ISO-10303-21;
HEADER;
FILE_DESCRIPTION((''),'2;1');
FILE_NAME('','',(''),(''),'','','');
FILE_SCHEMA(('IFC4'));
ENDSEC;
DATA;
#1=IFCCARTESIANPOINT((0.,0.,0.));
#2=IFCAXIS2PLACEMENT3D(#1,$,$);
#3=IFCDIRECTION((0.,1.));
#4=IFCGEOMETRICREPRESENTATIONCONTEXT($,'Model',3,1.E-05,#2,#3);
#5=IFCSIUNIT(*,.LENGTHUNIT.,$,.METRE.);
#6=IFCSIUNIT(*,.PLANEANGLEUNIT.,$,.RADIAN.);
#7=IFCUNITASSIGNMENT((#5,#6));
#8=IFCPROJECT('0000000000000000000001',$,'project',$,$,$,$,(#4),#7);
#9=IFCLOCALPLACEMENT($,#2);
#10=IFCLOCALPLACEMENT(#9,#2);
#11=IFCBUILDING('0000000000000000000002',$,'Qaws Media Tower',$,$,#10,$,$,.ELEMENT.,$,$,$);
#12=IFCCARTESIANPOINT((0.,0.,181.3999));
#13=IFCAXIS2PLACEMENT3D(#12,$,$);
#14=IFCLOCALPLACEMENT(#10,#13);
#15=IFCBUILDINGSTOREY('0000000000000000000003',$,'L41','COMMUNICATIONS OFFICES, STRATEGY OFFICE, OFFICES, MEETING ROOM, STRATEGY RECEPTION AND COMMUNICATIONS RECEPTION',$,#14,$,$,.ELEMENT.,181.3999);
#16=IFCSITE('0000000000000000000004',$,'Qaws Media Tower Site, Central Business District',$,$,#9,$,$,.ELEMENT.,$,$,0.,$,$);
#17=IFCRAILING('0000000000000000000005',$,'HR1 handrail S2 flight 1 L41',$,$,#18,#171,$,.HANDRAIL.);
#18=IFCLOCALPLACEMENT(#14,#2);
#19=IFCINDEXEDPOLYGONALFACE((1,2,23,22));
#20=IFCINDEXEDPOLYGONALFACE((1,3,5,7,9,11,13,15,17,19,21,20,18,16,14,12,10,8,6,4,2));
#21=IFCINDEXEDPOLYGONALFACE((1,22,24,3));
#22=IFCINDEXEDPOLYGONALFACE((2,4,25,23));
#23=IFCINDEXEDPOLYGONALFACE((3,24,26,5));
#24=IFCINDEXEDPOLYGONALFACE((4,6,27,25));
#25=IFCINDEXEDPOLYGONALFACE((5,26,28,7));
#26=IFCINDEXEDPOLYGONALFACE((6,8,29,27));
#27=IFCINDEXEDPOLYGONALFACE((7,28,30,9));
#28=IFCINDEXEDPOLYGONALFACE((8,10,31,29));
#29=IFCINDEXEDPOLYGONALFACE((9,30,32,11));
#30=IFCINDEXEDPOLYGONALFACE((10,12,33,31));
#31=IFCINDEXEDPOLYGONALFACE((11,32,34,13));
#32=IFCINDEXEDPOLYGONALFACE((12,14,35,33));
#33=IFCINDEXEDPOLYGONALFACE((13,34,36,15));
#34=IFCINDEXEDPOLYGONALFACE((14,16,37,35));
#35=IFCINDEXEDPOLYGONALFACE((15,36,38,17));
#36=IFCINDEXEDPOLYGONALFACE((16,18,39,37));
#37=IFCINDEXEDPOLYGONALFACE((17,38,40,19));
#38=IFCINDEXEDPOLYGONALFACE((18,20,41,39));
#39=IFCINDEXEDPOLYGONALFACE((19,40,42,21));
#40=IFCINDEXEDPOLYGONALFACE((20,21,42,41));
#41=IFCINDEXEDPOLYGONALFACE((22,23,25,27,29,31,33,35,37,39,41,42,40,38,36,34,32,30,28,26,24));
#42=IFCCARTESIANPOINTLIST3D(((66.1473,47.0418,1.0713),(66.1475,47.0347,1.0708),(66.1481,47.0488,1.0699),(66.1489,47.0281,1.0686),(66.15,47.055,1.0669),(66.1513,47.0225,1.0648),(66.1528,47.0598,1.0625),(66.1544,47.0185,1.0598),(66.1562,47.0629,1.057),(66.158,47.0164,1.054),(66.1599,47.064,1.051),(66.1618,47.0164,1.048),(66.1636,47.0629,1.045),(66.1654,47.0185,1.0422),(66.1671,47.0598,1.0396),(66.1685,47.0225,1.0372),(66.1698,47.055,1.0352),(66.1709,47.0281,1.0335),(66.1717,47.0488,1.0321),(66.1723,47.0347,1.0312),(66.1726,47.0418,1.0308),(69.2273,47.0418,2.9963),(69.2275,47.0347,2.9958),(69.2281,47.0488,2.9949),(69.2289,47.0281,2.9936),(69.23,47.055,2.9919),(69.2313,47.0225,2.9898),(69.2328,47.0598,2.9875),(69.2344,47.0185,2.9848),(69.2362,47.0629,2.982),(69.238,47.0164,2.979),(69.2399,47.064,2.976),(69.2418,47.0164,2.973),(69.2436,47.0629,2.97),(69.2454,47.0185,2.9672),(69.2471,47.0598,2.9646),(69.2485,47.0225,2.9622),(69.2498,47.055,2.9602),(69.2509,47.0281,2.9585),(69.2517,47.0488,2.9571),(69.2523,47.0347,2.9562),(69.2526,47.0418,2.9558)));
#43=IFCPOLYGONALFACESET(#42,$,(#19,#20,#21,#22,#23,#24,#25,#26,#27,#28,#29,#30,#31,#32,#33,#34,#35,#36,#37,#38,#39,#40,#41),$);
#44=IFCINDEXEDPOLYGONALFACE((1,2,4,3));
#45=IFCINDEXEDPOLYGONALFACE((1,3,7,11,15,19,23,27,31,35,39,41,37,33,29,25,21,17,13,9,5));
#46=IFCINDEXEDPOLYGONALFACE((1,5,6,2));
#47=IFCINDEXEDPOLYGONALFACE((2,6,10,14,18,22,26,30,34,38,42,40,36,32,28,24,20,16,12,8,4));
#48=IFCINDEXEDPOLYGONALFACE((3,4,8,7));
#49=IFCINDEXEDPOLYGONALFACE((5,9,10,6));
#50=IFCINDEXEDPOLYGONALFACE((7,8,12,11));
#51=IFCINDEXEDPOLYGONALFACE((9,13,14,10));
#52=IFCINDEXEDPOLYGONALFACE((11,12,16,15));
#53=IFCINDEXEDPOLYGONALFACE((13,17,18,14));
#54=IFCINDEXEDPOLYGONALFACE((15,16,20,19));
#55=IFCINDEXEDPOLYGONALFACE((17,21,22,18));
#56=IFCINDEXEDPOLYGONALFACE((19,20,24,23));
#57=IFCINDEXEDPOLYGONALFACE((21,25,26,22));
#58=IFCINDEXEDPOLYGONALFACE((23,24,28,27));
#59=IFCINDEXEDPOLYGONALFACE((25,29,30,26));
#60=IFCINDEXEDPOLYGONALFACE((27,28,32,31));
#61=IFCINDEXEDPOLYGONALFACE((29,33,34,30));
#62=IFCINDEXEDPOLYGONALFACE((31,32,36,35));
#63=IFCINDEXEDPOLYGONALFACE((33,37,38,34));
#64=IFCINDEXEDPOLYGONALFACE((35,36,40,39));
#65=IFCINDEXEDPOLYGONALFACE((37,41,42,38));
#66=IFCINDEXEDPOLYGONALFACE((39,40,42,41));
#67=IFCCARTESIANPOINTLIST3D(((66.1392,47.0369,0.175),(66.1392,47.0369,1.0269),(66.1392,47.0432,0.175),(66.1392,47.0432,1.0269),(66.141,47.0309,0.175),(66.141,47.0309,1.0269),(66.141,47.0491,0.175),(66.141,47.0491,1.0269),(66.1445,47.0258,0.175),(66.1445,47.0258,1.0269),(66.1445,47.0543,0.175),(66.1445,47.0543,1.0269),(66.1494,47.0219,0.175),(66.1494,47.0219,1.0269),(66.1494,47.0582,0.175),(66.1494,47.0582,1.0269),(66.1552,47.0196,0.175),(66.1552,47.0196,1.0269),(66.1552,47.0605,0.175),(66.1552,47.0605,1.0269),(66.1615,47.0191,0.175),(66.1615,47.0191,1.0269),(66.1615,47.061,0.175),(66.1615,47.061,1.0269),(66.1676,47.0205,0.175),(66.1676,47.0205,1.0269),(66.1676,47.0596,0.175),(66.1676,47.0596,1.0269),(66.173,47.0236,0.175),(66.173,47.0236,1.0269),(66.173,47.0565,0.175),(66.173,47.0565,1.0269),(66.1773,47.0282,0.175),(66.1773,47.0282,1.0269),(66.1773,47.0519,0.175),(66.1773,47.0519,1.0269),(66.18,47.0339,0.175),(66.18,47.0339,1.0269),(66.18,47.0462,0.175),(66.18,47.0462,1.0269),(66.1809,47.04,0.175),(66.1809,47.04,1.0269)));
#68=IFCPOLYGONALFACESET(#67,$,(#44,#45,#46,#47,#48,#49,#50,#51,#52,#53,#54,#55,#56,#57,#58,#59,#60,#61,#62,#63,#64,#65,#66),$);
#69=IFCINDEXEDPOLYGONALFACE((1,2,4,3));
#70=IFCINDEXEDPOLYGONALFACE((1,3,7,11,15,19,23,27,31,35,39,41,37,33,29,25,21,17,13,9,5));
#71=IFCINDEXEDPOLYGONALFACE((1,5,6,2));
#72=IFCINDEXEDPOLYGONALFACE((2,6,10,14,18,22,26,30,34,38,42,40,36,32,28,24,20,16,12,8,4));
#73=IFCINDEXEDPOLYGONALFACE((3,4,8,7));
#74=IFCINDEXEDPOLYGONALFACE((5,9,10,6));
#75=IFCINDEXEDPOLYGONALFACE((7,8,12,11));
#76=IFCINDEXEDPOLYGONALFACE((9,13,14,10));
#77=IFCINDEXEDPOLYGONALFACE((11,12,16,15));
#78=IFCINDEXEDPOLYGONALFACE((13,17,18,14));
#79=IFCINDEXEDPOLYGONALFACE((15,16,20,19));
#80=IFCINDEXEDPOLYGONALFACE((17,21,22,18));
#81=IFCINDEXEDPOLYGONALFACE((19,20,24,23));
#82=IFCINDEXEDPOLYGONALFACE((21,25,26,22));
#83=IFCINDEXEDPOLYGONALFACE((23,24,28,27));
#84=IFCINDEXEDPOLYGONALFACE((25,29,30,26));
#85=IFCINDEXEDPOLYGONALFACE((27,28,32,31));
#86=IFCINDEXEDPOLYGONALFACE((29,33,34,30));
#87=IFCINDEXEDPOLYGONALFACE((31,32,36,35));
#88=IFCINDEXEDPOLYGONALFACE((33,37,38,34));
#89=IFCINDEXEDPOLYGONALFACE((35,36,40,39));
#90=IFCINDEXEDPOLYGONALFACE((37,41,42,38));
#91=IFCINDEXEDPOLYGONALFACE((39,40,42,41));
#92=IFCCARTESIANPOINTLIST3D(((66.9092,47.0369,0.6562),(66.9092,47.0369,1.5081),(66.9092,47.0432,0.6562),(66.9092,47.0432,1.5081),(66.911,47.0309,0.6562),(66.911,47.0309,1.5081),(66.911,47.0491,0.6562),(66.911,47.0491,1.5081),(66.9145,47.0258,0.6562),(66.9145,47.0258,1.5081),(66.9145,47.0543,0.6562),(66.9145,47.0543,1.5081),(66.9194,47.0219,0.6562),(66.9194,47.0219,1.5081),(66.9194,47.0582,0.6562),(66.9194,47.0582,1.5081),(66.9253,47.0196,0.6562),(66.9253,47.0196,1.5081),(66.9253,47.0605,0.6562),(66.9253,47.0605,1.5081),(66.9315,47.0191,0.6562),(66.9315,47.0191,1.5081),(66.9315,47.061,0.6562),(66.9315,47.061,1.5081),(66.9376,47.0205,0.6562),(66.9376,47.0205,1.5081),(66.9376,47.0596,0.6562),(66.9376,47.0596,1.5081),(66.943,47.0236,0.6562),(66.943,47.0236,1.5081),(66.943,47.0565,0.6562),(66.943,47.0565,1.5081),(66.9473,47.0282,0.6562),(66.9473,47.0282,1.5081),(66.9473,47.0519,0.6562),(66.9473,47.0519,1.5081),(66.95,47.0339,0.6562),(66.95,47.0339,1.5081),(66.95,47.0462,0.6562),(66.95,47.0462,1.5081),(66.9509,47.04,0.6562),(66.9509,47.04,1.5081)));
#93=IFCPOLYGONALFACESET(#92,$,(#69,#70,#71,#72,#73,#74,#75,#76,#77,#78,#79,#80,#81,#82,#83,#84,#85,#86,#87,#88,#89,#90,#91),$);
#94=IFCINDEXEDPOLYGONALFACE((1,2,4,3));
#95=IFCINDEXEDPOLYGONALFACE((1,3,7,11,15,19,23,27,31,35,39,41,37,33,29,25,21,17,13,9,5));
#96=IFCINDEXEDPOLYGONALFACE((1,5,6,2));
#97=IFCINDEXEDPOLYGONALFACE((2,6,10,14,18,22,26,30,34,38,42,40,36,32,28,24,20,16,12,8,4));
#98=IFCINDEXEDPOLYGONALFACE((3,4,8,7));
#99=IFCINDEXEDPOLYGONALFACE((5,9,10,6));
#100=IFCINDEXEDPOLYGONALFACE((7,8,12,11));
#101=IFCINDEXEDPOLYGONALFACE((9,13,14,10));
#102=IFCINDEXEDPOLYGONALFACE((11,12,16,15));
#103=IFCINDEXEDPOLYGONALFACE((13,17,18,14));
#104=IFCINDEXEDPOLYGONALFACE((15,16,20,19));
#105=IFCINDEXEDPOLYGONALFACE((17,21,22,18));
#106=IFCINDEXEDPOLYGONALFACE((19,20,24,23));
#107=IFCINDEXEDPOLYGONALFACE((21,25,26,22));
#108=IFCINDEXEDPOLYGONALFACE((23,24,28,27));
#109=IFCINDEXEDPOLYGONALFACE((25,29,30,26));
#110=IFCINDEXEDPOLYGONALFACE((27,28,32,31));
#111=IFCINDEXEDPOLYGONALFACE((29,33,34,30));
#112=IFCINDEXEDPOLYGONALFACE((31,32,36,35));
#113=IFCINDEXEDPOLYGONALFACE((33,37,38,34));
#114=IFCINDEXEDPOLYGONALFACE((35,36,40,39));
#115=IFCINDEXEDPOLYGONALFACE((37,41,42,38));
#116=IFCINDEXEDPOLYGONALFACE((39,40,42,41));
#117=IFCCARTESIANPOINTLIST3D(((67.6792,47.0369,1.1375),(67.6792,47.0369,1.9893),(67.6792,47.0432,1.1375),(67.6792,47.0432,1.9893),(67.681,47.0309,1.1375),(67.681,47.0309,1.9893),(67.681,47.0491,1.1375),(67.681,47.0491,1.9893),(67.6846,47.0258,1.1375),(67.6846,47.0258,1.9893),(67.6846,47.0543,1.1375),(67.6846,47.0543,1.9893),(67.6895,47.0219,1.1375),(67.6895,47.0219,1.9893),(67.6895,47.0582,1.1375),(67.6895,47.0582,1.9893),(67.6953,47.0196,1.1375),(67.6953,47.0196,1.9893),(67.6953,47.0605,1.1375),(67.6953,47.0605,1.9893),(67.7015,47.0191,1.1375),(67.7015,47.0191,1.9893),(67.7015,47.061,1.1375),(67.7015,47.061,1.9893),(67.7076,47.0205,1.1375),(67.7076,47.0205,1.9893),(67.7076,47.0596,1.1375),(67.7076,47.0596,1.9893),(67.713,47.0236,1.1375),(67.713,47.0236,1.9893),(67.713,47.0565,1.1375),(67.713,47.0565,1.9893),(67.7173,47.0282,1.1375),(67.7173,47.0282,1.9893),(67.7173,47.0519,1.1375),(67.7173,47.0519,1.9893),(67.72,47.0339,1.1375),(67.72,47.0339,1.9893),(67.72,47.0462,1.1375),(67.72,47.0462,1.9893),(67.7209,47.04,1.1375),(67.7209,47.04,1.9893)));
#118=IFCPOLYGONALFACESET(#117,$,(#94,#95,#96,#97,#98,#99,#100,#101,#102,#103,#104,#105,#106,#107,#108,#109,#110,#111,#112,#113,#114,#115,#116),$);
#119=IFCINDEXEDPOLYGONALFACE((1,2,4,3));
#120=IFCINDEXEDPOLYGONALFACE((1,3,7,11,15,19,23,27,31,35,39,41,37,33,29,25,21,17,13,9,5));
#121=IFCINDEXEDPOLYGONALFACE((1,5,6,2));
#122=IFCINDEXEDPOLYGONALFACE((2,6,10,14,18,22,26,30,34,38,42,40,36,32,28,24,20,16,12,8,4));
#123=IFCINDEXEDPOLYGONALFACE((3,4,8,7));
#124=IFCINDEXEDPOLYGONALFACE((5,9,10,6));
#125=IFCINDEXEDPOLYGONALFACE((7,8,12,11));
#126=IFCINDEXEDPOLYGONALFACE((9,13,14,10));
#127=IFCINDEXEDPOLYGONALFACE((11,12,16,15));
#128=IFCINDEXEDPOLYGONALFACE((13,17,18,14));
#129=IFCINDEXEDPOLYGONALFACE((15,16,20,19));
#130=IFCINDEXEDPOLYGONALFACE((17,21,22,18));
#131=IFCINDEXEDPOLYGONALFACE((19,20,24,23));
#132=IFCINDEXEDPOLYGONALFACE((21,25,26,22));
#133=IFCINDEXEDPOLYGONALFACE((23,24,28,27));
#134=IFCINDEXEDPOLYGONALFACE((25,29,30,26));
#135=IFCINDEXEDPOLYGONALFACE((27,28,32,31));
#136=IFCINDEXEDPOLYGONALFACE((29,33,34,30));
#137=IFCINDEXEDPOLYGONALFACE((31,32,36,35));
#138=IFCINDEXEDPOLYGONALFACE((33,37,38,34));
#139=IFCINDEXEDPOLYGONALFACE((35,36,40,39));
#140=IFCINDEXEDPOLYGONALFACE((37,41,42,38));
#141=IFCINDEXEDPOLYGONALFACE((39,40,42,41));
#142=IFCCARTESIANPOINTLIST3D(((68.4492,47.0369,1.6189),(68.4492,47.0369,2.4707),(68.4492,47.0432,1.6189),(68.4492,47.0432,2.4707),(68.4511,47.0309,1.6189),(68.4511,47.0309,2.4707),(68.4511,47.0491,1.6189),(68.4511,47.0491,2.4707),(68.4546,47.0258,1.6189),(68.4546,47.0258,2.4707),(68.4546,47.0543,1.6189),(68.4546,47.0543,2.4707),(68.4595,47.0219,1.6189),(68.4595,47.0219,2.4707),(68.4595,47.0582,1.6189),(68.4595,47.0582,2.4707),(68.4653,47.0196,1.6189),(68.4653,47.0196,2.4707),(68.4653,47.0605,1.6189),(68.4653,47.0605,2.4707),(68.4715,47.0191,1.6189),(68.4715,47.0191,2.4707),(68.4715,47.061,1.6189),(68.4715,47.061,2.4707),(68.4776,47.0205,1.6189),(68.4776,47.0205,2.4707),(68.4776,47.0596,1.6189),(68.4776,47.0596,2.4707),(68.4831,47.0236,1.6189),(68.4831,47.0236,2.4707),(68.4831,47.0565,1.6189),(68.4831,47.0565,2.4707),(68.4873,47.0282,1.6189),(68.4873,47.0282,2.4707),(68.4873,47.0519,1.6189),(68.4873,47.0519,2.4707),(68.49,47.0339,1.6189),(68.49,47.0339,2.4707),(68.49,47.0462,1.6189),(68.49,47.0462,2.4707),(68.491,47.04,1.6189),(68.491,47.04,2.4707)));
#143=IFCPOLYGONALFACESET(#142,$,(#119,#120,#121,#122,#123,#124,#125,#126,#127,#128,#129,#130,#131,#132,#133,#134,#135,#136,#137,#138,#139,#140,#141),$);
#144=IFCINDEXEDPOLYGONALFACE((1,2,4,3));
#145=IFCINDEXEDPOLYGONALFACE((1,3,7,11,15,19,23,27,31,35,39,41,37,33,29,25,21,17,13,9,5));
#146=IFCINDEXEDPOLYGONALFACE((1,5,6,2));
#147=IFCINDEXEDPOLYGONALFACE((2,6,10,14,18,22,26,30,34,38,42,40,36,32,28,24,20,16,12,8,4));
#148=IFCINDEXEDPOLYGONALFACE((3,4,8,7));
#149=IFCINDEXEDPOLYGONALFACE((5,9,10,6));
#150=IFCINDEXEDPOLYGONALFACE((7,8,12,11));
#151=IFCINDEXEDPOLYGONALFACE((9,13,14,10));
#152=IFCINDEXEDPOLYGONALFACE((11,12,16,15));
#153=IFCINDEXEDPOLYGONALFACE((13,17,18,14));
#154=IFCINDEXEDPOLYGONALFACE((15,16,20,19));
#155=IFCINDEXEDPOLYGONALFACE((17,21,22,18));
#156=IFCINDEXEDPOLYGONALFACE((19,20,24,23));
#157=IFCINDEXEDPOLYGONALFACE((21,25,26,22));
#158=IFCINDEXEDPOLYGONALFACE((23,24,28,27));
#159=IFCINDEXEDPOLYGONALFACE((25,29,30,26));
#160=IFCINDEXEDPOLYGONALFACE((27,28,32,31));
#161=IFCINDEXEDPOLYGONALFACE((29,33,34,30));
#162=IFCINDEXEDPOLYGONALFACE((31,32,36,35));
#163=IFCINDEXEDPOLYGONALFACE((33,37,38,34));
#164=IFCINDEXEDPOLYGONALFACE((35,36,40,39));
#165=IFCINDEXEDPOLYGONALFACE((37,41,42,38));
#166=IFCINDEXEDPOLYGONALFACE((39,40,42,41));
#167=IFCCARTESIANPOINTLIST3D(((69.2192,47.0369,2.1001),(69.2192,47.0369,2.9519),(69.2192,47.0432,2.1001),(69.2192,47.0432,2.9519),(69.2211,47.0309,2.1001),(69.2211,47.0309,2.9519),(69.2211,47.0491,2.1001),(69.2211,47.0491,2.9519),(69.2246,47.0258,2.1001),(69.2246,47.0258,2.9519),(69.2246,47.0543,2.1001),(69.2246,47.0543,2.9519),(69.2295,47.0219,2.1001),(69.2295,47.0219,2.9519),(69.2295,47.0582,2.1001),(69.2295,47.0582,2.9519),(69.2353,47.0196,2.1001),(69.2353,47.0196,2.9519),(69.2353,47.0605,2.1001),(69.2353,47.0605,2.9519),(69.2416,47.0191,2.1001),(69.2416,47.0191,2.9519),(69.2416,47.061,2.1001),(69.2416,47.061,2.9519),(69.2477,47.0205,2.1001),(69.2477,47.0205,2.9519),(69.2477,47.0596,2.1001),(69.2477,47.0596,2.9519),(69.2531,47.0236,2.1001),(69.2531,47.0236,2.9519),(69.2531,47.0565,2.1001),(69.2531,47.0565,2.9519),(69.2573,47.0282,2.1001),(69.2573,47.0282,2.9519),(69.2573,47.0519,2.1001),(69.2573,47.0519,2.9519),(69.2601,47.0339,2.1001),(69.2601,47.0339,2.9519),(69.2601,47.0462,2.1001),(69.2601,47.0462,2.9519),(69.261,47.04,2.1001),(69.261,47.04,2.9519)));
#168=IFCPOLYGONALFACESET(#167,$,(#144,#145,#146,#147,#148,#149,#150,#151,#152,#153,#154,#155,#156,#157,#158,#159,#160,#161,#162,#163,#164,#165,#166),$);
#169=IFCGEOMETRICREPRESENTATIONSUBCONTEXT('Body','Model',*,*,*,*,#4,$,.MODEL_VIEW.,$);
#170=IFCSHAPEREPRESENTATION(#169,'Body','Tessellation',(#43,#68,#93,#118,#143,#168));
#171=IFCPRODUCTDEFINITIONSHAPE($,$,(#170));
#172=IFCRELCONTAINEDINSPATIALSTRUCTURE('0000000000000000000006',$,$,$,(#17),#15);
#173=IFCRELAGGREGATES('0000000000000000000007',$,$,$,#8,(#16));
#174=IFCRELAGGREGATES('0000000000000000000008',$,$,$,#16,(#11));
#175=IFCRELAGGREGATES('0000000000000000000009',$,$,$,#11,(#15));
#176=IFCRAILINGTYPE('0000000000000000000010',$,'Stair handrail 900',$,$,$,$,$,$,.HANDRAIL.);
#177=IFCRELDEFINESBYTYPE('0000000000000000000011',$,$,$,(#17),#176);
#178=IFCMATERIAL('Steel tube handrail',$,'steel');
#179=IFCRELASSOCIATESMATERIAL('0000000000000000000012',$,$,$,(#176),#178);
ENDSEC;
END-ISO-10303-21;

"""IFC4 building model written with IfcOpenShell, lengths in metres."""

from ifc_helpers import new_model, si_unit, direction, frame, origin, origin_2d, place, context, subcontext, project, spatial, circle, extrude, material, type_object, element, save


model = new_model("IFC4")

# Units and contexts
model_context = context("Model", 3, precision=1e-05, world=origin(), true_north=direction((0.0, 1.0)))
body_context = subcontext(model_context, "Body", "Model", "MODEL_VIEW")
ifc_project = project(units=[si_unit("LENGTHUNIT", "METRE"), si_unit("PLANEANGLEUNIT", "RADIAN")], contexts=[model_context])

# Site, building, storey
site_placement = place(None, origin())
site = spatial("IfcSite", under=ifc_project, at=site_placement, Name="Qaws Media Tower Site, Central Business District", CompositionType="ELEMENT", RefElevation=0.0)
building_placement = place(site_placement, origin())
building = spatial("IfcBuilding", under=site, at=building_placement, Name="Qaws Media Tower", CompositionType="ELEMENT")
storey_placement = place(building_placement, frame((0.0, 0.0, 181.3999)))
storey = spatial("IfcBuildingStorey", under=building, at=storey_placement, Name="L41", Description="COMMUNICATIONS OFFICES, STRATEGY OFFICE, OFFICES, MEETING ROOM, STRATEGY RECEPTION AND COMMUNICATIONS RECEPTION", CompositionType="ELEMENT", Elevation=181.3999)

# Railing
ifc_material_1 = material(Name="Steel tube handrail", Category="steel")
railing_type = type_object("IfcRailingType", Name="Stair handrail 900", PredefinedType="HANDRAIL", material=ifc_material_1)
for number, where, name in (
    (1, (66.1599, 47.04, 0.175), "HR1 handrail S2 flight 1 L41"),
):
    element("IfcRailing", number, at=place(storey_placement, frame(where)), inside=storey, type_object=railing_type, Name=name, PredefinedType="HANDRAIL", context=body_context, shape_type="SweptSolid", body=[
        extrude(circle(Radius=0.0239, at=origin_2d()), frame((0.0, 0.0, 0.876), z_axis=(0.847998, 0.0, 0.529999), x_axis=(0.0, 1.0, 0.0)), (0.0, 0.0, 1.0), 3.6321),
        extrude(circle(Radius=0.021, at=origin_2d()), origin(), (0.0, 0.0, 1.0), 0.8518),
        extrude(circle(Radius=0.021, at=origin_2d()), frame((0.77, 0.0, 0.4812)), (0.0, 0.0, 1.0), 0.8518),
        extrude(circle(Radius=0.021, at=origin_2d()), frame((1.54, 0.0, 0.9624)), (0.0, 0.0, 1.0), 0.8518),
        extrude(circle(Radius=0.021, at=origin_2d()), frame((2.3101, 0.0, 1.4438)), (0.0, 0.0, 1.0), 0.8518),
        extrude(circle(Radius=0.021, at=origin_2d()), frame((3.0801, 0.0, 1.925)), (0.0, 0.0, 1.0), 0.8518),
    ])

save(model, "model.ifc")
